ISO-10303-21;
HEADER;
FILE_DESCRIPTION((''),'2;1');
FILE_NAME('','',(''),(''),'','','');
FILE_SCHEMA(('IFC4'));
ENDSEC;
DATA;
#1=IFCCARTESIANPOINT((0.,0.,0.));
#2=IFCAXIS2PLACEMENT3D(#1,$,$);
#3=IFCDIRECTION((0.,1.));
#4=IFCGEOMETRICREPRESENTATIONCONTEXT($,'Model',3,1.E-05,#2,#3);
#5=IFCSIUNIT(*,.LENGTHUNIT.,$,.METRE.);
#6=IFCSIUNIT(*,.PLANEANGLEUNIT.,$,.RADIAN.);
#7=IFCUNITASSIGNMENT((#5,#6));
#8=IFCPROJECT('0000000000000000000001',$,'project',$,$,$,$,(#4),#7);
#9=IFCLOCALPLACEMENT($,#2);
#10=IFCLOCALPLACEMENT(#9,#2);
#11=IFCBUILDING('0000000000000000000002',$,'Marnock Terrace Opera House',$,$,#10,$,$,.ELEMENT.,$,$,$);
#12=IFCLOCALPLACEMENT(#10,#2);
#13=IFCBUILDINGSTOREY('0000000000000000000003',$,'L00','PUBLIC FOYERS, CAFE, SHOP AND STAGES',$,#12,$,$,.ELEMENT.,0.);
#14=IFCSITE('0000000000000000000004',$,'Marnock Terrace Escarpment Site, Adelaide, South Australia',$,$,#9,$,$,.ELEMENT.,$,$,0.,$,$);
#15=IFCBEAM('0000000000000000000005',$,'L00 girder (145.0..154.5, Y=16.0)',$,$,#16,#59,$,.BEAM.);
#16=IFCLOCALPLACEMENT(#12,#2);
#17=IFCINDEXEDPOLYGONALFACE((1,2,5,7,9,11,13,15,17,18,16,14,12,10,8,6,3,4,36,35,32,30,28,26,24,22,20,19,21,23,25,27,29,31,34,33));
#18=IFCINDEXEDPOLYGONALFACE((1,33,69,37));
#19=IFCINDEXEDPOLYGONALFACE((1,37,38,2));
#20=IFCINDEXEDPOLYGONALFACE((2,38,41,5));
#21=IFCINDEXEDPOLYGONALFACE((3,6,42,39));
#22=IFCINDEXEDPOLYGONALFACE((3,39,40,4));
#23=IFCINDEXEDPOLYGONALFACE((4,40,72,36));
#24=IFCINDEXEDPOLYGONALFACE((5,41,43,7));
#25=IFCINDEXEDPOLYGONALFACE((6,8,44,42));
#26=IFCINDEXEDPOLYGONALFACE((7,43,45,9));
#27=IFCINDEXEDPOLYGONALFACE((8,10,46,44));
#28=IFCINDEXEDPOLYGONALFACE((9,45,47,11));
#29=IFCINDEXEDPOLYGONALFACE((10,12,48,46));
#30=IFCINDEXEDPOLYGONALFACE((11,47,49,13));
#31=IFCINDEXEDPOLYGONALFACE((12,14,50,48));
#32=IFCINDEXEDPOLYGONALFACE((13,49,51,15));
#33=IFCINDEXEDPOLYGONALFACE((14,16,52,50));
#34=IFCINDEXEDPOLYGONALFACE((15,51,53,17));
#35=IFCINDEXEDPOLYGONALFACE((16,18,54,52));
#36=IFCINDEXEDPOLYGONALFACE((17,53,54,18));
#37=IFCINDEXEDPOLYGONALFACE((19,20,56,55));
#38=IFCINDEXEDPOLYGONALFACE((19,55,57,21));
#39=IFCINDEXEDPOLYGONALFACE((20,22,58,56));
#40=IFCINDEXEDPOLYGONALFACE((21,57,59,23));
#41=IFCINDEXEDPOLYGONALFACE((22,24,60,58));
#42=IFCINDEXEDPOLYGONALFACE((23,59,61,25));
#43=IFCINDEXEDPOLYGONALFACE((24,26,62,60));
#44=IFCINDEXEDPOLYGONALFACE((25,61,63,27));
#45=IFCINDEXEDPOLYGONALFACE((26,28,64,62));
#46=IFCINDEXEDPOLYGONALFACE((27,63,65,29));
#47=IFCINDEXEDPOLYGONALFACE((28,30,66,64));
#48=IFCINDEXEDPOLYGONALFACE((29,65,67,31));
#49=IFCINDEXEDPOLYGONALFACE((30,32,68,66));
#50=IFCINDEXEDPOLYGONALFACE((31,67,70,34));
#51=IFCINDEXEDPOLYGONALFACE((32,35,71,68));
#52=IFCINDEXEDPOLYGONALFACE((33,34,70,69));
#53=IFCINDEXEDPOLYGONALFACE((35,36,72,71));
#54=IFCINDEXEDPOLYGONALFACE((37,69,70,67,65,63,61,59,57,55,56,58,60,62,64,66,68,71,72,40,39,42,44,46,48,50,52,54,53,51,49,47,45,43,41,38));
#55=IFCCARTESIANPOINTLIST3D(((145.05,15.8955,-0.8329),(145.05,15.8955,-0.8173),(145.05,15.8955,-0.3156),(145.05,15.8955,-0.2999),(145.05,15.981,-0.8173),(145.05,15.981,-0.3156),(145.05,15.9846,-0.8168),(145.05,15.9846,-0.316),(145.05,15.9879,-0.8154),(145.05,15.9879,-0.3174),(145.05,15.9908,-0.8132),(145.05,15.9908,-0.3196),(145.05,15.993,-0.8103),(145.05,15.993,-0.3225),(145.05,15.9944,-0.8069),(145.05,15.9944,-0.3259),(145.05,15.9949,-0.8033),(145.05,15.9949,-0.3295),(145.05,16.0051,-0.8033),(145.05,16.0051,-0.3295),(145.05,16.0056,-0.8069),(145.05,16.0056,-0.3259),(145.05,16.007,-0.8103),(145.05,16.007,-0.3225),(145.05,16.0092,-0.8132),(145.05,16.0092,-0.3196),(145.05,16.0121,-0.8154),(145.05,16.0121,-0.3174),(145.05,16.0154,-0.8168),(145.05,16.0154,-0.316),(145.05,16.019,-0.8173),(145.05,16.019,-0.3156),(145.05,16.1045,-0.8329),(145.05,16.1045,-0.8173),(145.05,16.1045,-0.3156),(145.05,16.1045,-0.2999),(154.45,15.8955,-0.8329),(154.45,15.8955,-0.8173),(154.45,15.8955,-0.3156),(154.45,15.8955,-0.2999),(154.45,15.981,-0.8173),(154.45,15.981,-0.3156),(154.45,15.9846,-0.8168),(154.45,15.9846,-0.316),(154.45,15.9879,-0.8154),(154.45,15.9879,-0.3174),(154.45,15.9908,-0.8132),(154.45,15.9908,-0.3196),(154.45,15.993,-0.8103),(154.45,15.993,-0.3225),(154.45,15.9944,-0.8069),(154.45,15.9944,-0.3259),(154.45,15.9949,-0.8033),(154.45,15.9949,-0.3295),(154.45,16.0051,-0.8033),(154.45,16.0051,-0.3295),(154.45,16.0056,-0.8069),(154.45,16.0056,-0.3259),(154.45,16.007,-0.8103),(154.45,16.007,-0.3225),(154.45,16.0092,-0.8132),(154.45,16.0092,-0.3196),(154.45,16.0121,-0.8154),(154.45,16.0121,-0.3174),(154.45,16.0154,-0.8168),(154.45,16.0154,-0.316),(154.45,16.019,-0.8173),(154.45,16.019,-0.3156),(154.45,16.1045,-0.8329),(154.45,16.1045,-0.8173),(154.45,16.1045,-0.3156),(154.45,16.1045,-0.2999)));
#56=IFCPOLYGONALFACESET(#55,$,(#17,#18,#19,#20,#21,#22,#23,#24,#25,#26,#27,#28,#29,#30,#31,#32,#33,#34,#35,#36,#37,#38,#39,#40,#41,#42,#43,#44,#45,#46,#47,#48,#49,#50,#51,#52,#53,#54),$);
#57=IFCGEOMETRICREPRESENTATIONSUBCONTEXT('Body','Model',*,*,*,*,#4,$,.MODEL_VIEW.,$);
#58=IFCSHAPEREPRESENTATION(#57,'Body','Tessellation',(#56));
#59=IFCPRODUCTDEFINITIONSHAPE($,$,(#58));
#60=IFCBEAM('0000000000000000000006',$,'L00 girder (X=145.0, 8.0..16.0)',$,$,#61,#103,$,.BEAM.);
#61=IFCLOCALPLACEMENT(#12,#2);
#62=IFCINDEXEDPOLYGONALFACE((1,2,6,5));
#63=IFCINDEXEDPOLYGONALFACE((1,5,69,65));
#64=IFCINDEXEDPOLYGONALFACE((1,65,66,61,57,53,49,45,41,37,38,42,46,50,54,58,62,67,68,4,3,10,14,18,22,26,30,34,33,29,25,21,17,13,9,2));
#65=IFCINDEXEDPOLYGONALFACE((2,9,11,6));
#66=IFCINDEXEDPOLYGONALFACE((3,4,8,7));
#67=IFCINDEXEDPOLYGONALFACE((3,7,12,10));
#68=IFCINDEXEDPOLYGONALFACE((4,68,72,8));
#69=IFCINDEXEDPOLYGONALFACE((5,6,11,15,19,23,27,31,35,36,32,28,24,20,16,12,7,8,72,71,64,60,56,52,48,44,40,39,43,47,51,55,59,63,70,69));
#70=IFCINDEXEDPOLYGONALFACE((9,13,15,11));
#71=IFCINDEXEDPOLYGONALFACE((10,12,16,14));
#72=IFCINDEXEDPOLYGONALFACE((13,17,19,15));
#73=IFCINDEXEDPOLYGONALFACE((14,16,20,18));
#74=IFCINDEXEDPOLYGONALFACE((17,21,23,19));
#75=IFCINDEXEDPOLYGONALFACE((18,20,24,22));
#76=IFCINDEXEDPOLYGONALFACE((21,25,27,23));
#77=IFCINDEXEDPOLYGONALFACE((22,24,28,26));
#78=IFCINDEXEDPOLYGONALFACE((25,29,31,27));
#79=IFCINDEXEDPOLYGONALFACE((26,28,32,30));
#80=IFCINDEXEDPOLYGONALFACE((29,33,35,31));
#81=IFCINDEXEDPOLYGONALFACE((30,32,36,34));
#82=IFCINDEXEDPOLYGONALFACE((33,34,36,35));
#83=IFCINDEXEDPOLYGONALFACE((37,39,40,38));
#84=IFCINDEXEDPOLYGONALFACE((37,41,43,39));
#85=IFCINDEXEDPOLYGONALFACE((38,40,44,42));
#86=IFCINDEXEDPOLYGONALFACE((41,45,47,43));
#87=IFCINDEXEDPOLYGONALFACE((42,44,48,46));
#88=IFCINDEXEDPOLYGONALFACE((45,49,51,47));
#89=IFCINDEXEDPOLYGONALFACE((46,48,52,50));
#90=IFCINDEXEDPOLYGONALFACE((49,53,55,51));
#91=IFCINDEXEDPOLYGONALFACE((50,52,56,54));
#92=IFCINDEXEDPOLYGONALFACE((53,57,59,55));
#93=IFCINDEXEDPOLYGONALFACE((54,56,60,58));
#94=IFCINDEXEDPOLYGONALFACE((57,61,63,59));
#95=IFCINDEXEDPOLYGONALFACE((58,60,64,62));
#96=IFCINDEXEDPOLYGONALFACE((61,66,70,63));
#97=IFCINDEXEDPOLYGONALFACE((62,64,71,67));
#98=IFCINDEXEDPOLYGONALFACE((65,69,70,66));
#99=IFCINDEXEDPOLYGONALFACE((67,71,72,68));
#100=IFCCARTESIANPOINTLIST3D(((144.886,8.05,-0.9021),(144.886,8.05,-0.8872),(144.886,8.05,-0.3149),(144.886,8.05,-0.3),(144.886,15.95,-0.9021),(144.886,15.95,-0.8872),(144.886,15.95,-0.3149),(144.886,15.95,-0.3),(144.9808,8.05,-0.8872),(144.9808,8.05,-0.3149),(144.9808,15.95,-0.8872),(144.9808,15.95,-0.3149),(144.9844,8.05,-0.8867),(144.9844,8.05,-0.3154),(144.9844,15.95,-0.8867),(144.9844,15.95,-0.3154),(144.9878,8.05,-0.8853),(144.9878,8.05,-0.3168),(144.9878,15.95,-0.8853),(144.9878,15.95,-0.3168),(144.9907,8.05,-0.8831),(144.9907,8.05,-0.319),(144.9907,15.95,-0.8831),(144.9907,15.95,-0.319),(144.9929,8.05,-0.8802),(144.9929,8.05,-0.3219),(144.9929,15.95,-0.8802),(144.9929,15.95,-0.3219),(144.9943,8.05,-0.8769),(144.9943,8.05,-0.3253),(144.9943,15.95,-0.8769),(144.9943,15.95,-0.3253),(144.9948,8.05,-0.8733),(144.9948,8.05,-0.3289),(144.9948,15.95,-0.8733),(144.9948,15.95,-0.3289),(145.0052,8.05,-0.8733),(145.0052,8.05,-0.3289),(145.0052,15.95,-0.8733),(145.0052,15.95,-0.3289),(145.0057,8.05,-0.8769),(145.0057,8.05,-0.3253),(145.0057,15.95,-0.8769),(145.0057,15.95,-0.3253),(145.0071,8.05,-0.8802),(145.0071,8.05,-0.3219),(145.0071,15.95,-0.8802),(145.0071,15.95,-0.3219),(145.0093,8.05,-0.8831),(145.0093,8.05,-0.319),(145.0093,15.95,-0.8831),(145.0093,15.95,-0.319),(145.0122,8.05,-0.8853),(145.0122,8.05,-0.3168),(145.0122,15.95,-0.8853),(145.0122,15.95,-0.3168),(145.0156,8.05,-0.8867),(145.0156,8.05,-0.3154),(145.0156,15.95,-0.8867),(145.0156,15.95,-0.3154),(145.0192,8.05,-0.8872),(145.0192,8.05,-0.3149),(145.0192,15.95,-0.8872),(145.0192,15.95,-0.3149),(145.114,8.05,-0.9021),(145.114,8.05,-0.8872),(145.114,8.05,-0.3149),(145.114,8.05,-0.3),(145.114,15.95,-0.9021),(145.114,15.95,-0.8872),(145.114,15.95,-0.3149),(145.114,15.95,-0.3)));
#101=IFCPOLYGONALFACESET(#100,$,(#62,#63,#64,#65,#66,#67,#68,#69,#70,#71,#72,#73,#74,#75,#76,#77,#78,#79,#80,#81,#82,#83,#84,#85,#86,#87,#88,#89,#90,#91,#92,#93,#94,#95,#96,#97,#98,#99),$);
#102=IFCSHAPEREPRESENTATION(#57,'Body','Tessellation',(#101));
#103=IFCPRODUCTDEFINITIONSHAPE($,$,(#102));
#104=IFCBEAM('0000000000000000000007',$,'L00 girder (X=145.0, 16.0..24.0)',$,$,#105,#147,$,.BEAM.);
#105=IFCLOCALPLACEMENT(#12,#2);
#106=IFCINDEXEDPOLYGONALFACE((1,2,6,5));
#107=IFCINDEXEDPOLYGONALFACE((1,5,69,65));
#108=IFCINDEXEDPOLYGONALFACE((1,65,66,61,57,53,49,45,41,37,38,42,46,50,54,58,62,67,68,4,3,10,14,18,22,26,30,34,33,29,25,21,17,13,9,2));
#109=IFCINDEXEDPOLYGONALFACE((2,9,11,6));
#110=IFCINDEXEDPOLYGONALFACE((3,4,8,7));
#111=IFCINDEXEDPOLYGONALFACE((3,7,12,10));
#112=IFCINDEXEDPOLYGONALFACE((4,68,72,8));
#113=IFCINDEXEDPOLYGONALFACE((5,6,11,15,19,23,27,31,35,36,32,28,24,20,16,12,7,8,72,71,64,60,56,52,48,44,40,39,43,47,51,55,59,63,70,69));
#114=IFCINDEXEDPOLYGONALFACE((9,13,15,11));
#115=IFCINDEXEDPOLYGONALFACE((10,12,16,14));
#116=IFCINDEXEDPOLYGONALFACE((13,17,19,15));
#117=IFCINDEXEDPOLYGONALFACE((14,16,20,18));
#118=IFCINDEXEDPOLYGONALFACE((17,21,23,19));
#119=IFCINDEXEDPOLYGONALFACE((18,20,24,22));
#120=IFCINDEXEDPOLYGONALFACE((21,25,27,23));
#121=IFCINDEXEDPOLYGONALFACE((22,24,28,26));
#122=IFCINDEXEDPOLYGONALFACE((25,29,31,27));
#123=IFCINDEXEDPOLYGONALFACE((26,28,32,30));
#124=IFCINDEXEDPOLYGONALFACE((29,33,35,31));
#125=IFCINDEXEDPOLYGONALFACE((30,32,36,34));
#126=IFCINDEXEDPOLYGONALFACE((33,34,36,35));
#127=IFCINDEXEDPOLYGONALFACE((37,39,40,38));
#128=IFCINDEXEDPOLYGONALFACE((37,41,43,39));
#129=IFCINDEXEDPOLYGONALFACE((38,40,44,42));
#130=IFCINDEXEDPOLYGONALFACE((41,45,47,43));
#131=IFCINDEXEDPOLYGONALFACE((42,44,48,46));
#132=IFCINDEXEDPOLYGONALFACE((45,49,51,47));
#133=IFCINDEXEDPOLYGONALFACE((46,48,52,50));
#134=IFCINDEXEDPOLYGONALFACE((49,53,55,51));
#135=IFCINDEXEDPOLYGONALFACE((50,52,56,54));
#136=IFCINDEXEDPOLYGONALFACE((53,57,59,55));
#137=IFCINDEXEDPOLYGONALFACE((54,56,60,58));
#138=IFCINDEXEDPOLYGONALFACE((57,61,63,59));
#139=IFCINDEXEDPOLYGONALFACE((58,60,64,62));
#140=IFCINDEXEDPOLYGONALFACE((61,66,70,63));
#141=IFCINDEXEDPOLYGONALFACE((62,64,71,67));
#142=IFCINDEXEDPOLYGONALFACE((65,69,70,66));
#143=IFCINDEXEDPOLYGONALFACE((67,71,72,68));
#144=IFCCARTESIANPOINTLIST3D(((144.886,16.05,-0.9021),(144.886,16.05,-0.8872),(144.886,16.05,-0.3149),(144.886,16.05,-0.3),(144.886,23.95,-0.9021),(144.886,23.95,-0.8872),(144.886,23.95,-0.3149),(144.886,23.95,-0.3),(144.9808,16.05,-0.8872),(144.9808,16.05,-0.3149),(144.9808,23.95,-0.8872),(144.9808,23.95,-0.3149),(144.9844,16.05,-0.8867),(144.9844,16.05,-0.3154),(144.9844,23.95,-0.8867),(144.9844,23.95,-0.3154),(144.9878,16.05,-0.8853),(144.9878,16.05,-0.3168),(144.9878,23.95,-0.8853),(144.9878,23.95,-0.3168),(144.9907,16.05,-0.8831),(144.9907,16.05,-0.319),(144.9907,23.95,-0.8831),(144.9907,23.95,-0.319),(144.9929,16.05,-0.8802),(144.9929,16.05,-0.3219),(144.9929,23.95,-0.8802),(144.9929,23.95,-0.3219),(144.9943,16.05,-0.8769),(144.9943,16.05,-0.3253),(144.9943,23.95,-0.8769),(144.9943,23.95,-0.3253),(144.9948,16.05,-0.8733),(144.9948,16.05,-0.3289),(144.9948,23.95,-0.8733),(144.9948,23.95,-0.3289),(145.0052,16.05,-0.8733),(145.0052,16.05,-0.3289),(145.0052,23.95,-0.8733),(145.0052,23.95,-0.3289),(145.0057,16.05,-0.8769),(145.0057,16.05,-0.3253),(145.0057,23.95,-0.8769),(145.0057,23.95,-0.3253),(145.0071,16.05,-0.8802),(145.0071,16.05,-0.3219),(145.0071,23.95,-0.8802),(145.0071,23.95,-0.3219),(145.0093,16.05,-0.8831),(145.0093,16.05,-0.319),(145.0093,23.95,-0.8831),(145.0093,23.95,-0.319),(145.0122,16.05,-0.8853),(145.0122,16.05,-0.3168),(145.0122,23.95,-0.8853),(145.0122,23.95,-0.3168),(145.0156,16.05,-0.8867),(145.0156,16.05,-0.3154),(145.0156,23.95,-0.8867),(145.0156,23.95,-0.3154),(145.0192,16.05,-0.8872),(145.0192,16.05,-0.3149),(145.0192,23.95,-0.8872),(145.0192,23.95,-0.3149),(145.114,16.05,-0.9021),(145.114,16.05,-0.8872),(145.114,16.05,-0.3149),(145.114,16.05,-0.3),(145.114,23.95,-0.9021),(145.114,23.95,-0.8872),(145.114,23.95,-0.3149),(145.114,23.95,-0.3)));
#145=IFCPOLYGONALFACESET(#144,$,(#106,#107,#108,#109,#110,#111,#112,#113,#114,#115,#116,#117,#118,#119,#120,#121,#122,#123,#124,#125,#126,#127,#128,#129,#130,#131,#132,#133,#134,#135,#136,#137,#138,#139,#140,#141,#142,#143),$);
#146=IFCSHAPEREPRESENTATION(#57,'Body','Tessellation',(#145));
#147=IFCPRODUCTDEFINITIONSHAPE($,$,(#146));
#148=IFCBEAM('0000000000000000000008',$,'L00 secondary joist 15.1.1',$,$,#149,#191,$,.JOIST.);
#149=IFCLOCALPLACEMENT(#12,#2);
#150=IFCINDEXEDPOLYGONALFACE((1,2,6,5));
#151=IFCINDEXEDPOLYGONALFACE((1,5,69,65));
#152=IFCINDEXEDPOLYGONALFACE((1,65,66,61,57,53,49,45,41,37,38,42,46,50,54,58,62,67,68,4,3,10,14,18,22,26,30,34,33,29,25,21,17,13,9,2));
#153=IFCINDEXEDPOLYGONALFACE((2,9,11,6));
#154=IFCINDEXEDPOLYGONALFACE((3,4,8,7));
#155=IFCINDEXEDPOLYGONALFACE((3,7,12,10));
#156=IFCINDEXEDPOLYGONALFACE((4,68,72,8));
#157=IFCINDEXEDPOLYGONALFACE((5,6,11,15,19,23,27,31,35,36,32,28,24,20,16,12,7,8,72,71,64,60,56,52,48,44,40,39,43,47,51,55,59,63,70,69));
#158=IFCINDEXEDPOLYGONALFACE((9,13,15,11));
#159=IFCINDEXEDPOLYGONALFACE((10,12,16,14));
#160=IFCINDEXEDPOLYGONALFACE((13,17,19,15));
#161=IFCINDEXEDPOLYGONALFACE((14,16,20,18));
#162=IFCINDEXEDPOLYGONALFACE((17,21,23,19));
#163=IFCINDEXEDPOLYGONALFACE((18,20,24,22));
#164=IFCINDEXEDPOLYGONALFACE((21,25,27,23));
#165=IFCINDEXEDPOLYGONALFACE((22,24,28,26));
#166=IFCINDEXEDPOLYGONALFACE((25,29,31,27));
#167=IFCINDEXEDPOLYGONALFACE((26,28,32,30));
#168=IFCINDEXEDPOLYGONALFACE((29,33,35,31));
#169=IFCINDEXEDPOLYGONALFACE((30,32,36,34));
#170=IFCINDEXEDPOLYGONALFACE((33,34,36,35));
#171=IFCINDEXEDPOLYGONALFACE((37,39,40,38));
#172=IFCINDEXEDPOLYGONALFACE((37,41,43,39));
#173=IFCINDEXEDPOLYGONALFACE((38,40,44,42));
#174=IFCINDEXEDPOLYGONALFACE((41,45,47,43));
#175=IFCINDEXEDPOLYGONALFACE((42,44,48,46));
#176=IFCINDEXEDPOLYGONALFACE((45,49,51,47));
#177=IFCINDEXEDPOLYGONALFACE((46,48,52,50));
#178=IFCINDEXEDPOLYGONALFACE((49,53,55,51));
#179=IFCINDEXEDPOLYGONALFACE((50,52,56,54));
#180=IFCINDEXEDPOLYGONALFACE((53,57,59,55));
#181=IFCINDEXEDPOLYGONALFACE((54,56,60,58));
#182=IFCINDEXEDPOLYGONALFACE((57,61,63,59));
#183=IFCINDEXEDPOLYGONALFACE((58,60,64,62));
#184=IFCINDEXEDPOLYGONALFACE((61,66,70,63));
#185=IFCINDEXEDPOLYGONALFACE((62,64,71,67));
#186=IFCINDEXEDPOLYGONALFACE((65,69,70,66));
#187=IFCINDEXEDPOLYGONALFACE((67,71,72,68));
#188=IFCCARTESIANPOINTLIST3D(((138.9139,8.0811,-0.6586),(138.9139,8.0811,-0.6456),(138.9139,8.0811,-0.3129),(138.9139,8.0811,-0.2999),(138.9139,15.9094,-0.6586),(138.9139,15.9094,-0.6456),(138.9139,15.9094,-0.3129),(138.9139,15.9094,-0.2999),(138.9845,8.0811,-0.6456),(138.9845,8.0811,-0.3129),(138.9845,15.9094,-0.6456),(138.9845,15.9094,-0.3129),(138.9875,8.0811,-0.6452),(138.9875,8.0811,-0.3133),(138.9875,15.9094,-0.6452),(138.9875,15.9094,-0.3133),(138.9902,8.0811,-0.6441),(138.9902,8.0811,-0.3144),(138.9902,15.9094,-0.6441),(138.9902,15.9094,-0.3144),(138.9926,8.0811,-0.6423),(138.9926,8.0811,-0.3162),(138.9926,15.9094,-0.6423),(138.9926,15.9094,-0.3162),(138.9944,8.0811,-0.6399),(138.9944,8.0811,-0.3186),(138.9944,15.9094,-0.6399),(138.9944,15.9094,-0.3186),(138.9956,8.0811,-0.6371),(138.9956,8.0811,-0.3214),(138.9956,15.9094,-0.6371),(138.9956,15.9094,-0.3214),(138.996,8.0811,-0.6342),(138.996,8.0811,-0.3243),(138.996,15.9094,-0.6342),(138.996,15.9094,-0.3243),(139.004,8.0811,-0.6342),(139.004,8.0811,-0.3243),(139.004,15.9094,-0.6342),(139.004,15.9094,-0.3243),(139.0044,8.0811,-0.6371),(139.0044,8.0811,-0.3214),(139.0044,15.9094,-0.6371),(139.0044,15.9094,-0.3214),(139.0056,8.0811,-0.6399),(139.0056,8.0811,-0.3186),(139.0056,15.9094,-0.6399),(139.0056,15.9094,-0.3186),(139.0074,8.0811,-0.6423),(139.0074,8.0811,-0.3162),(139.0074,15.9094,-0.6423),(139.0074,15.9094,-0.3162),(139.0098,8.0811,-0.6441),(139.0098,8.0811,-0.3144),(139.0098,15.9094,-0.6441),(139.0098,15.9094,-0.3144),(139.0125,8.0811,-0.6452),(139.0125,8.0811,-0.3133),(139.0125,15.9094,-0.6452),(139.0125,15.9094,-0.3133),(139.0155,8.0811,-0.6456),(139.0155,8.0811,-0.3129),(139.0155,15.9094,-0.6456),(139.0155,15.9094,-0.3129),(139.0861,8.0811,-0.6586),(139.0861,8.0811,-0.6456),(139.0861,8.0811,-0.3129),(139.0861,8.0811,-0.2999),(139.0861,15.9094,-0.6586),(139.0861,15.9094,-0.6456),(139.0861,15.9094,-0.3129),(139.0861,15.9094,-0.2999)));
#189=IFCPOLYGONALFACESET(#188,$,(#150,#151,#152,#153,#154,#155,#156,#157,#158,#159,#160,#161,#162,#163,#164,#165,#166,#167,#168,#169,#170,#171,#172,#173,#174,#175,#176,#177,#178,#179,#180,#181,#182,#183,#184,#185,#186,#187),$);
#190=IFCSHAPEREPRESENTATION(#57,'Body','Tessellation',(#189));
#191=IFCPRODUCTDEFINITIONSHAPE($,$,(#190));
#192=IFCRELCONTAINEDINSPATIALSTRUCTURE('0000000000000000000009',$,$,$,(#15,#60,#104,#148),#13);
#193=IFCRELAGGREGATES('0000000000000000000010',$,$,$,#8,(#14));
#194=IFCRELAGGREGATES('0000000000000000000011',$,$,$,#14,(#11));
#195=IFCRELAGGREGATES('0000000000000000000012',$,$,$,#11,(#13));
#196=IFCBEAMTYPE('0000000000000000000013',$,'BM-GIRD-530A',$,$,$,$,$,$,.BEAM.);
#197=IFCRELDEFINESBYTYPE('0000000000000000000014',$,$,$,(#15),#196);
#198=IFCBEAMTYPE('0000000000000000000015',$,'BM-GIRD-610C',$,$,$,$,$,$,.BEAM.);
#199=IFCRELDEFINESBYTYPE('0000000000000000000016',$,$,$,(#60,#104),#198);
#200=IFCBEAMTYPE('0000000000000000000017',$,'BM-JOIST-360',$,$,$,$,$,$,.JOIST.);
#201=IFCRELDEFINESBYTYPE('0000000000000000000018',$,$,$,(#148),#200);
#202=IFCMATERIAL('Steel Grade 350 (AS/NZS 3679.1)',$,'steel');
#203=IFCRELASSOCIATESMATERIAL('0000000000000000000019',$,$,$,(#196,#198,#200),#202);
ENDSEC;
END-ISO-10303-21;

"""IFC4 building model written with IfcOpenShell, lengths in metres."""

from ifc_helpers import new_model, si_unit, direction, frame, origin, origin_2d, place, context, subcontext, project, spatial, i_section, extrude, material, material_profile, profile_set, type_object, element, save


model = new_model("IFC4")

# Units and contexts
model_context = context("Model", 3, precision=1e-05, world=origin(), true_north=direction((0.0, 1.0)))
body_context = subcontext(model_context, "Body", "Model", "MODEL_VIEW")
ifc_project = project(units=[si_unit("LENGTHUNIT", "METRE"), si_unit("PLANEANGLEUNIT", "RADIAN")], contexts=[model_context])

# Site, building, storey
site_placement = place(None, origin())
site = spatial("IfcSite", under=ifc_project, at=site_placement, Name="Marnock Terrace Escarpment Site, Adelaide, South Australia", CompositionType="ELEMENT", RefElevation=0.0)
building_placement = place(site_placement, origin())
building = spatial("IfcBuilding", under=site, at=building_placement, Name="Marnock Terrace Opera House", CompositionType="ELEMENT")
storey_placement = place(building_placement, origin())
storey = spatial("IfcBuildingStorey", under=building, at=storey_placement, Name="L00", Description="PUBLIC FOYERS, CAFE, SHOP AND STAGES", CompositionType="ELEMENT", Elevation=0.0)

# Beams
ifc_material_1 = material(Name="Steel Grade 350 (AS/NZS 3679.1)", Category="steel")
ifc_material_profile_1 = material_profile(ifc_material_1, i_section(OverallWidth=0.209, OverallDepth=0.533, WebThickness=0.0103, FlangeThickness=0.0156, FilletRadius=0.0139, at=origin_2d()))
ifc_profile_set_1 = profile_set([ifc_material_profile_1], Name="Steel Grade 350 (AS/NZS 3679.1)")
beam_type_1 = type_object("IfcBeamType", Name="BM-GIRD-530A", PredefinedType="BEAM", material=ifc_profile_set_1)
beam_1_placement = place(storey_placement, frame((145.05, 16.0, -0.5664), z_axis=(1.0, 0.0, 0.0), x_axis=(0.0, 1.0, 0.0)))
element("IfcBeam", 1, at=beam_1_placement, inside=storey, type_object=beam_type_1, Name="L00 girder (145.0..154.5, Y=16.0)", PredefinedType="BEAM", context=body_context, shape_type="SweptSolid", body=[
    extrude(i_section(OverallWidth=0.209, OverallDepth=0.533, WebThickness=0.0103, FlangeThickness=0.0156, FilletRadius=0.0139, at=origin_2d()), origin(), (0.0, 0.0, 1.0), 9.3999),
])
ifc_material_profile_2 = material_profile(ifc_material_1, i_section(OverallWidth=0.228, OverallDepth=0.6021, WebThickness=0.0105, FlangeThickness=0.0149, FilletRadius=0.0139, at=origin_2d()))
ifc_profile_set_2 = profile_set([ifc_material_profile_2], Name="Steel Grade 350 (AS/NZS 3679.1)")
beam_type_2 = type_object("IfcBeamType", Name="BM-GIRD-610C", PredefinedType="BEAM", material=ifc_profile_set_2)
for number, where, z_axis, x_axis, name in (
    (2, (145.0, 8.05, -0.6011), (0.0, 1.0, 0.0), (-1.0, 0.0, 0.0), "L00 girder (X=145.0, 8.0..16.0)"),
    (3, (145.0, 16.05, -0.6011), (0.0, 1.0, 0.0), (-1.0, 0.0, 0.0), "L00 girder (X=145.0, 16.0..24.0)"),
):
    element("IfcBeam", number, at=place(storey_placement, frame(where, z_axis=z_axis, x_axis=x_axis)), inside=storey, type_object=beam_type_2, Name=name, PredefinedType="BEAM", context=body_context, shape_type="SweptSolid", body=[
        extrude(i_section(OverallWidth=0.228, OverallDepth=0.6021, WebThickness=0.0105, FlangeThickness=0.0149, FilletRadius=0.0139, at=origin_2d()), origin(), (0.0, 0.0, 1.0), 7.8999),
    ])
ifc_material_profile_3 = material_profile(ifc_material_1, i_section(OverallWidth=0.1721, OverallDepth=0.3586, WebThickness=0.0081, FlangeThickness=0.0129, FilletRadius=0.0115, at=origin_2d()))
ifc_profile_set_3 = profile_set([ifc_material_profile_3], Name="Steel Grade 350 (AS/NZS 3679.1)")
beam_type_3 = type_object("IfcBeamType", Name="BM-JOIST-360", PredefinedType="JOIST", material=ifc_profile_set_3)
for number, where, z_axis, x_axis, name in (
    (4, (139.0, 8.0811, -0.4792), (0.0, 1.0, 0.0), (-1.0, 0.0, 0.0), "L00 secondary joist 15.1.1"),
):
    element("IfcBeam", number, at=place(storey_placement, frame(where, z_axis=z_axis, x_axis=x_axis)), inside=storey, type_object=beam_type_3, Name=name, PredefinedType="JOIST", context=body_context, shape_type="SweptSolid", body=[
        extrude(i_section(OverallWidth=0.1721, OverallDepth=0.3586, WebThickness=0.0081, FlangeThickness=0.0129, FilletRadius=0.0115, at=origin_2d()), origin(), (0.0, 0.0, 1.0), 7.8284),
    ])

save(model, "model.ifc")
